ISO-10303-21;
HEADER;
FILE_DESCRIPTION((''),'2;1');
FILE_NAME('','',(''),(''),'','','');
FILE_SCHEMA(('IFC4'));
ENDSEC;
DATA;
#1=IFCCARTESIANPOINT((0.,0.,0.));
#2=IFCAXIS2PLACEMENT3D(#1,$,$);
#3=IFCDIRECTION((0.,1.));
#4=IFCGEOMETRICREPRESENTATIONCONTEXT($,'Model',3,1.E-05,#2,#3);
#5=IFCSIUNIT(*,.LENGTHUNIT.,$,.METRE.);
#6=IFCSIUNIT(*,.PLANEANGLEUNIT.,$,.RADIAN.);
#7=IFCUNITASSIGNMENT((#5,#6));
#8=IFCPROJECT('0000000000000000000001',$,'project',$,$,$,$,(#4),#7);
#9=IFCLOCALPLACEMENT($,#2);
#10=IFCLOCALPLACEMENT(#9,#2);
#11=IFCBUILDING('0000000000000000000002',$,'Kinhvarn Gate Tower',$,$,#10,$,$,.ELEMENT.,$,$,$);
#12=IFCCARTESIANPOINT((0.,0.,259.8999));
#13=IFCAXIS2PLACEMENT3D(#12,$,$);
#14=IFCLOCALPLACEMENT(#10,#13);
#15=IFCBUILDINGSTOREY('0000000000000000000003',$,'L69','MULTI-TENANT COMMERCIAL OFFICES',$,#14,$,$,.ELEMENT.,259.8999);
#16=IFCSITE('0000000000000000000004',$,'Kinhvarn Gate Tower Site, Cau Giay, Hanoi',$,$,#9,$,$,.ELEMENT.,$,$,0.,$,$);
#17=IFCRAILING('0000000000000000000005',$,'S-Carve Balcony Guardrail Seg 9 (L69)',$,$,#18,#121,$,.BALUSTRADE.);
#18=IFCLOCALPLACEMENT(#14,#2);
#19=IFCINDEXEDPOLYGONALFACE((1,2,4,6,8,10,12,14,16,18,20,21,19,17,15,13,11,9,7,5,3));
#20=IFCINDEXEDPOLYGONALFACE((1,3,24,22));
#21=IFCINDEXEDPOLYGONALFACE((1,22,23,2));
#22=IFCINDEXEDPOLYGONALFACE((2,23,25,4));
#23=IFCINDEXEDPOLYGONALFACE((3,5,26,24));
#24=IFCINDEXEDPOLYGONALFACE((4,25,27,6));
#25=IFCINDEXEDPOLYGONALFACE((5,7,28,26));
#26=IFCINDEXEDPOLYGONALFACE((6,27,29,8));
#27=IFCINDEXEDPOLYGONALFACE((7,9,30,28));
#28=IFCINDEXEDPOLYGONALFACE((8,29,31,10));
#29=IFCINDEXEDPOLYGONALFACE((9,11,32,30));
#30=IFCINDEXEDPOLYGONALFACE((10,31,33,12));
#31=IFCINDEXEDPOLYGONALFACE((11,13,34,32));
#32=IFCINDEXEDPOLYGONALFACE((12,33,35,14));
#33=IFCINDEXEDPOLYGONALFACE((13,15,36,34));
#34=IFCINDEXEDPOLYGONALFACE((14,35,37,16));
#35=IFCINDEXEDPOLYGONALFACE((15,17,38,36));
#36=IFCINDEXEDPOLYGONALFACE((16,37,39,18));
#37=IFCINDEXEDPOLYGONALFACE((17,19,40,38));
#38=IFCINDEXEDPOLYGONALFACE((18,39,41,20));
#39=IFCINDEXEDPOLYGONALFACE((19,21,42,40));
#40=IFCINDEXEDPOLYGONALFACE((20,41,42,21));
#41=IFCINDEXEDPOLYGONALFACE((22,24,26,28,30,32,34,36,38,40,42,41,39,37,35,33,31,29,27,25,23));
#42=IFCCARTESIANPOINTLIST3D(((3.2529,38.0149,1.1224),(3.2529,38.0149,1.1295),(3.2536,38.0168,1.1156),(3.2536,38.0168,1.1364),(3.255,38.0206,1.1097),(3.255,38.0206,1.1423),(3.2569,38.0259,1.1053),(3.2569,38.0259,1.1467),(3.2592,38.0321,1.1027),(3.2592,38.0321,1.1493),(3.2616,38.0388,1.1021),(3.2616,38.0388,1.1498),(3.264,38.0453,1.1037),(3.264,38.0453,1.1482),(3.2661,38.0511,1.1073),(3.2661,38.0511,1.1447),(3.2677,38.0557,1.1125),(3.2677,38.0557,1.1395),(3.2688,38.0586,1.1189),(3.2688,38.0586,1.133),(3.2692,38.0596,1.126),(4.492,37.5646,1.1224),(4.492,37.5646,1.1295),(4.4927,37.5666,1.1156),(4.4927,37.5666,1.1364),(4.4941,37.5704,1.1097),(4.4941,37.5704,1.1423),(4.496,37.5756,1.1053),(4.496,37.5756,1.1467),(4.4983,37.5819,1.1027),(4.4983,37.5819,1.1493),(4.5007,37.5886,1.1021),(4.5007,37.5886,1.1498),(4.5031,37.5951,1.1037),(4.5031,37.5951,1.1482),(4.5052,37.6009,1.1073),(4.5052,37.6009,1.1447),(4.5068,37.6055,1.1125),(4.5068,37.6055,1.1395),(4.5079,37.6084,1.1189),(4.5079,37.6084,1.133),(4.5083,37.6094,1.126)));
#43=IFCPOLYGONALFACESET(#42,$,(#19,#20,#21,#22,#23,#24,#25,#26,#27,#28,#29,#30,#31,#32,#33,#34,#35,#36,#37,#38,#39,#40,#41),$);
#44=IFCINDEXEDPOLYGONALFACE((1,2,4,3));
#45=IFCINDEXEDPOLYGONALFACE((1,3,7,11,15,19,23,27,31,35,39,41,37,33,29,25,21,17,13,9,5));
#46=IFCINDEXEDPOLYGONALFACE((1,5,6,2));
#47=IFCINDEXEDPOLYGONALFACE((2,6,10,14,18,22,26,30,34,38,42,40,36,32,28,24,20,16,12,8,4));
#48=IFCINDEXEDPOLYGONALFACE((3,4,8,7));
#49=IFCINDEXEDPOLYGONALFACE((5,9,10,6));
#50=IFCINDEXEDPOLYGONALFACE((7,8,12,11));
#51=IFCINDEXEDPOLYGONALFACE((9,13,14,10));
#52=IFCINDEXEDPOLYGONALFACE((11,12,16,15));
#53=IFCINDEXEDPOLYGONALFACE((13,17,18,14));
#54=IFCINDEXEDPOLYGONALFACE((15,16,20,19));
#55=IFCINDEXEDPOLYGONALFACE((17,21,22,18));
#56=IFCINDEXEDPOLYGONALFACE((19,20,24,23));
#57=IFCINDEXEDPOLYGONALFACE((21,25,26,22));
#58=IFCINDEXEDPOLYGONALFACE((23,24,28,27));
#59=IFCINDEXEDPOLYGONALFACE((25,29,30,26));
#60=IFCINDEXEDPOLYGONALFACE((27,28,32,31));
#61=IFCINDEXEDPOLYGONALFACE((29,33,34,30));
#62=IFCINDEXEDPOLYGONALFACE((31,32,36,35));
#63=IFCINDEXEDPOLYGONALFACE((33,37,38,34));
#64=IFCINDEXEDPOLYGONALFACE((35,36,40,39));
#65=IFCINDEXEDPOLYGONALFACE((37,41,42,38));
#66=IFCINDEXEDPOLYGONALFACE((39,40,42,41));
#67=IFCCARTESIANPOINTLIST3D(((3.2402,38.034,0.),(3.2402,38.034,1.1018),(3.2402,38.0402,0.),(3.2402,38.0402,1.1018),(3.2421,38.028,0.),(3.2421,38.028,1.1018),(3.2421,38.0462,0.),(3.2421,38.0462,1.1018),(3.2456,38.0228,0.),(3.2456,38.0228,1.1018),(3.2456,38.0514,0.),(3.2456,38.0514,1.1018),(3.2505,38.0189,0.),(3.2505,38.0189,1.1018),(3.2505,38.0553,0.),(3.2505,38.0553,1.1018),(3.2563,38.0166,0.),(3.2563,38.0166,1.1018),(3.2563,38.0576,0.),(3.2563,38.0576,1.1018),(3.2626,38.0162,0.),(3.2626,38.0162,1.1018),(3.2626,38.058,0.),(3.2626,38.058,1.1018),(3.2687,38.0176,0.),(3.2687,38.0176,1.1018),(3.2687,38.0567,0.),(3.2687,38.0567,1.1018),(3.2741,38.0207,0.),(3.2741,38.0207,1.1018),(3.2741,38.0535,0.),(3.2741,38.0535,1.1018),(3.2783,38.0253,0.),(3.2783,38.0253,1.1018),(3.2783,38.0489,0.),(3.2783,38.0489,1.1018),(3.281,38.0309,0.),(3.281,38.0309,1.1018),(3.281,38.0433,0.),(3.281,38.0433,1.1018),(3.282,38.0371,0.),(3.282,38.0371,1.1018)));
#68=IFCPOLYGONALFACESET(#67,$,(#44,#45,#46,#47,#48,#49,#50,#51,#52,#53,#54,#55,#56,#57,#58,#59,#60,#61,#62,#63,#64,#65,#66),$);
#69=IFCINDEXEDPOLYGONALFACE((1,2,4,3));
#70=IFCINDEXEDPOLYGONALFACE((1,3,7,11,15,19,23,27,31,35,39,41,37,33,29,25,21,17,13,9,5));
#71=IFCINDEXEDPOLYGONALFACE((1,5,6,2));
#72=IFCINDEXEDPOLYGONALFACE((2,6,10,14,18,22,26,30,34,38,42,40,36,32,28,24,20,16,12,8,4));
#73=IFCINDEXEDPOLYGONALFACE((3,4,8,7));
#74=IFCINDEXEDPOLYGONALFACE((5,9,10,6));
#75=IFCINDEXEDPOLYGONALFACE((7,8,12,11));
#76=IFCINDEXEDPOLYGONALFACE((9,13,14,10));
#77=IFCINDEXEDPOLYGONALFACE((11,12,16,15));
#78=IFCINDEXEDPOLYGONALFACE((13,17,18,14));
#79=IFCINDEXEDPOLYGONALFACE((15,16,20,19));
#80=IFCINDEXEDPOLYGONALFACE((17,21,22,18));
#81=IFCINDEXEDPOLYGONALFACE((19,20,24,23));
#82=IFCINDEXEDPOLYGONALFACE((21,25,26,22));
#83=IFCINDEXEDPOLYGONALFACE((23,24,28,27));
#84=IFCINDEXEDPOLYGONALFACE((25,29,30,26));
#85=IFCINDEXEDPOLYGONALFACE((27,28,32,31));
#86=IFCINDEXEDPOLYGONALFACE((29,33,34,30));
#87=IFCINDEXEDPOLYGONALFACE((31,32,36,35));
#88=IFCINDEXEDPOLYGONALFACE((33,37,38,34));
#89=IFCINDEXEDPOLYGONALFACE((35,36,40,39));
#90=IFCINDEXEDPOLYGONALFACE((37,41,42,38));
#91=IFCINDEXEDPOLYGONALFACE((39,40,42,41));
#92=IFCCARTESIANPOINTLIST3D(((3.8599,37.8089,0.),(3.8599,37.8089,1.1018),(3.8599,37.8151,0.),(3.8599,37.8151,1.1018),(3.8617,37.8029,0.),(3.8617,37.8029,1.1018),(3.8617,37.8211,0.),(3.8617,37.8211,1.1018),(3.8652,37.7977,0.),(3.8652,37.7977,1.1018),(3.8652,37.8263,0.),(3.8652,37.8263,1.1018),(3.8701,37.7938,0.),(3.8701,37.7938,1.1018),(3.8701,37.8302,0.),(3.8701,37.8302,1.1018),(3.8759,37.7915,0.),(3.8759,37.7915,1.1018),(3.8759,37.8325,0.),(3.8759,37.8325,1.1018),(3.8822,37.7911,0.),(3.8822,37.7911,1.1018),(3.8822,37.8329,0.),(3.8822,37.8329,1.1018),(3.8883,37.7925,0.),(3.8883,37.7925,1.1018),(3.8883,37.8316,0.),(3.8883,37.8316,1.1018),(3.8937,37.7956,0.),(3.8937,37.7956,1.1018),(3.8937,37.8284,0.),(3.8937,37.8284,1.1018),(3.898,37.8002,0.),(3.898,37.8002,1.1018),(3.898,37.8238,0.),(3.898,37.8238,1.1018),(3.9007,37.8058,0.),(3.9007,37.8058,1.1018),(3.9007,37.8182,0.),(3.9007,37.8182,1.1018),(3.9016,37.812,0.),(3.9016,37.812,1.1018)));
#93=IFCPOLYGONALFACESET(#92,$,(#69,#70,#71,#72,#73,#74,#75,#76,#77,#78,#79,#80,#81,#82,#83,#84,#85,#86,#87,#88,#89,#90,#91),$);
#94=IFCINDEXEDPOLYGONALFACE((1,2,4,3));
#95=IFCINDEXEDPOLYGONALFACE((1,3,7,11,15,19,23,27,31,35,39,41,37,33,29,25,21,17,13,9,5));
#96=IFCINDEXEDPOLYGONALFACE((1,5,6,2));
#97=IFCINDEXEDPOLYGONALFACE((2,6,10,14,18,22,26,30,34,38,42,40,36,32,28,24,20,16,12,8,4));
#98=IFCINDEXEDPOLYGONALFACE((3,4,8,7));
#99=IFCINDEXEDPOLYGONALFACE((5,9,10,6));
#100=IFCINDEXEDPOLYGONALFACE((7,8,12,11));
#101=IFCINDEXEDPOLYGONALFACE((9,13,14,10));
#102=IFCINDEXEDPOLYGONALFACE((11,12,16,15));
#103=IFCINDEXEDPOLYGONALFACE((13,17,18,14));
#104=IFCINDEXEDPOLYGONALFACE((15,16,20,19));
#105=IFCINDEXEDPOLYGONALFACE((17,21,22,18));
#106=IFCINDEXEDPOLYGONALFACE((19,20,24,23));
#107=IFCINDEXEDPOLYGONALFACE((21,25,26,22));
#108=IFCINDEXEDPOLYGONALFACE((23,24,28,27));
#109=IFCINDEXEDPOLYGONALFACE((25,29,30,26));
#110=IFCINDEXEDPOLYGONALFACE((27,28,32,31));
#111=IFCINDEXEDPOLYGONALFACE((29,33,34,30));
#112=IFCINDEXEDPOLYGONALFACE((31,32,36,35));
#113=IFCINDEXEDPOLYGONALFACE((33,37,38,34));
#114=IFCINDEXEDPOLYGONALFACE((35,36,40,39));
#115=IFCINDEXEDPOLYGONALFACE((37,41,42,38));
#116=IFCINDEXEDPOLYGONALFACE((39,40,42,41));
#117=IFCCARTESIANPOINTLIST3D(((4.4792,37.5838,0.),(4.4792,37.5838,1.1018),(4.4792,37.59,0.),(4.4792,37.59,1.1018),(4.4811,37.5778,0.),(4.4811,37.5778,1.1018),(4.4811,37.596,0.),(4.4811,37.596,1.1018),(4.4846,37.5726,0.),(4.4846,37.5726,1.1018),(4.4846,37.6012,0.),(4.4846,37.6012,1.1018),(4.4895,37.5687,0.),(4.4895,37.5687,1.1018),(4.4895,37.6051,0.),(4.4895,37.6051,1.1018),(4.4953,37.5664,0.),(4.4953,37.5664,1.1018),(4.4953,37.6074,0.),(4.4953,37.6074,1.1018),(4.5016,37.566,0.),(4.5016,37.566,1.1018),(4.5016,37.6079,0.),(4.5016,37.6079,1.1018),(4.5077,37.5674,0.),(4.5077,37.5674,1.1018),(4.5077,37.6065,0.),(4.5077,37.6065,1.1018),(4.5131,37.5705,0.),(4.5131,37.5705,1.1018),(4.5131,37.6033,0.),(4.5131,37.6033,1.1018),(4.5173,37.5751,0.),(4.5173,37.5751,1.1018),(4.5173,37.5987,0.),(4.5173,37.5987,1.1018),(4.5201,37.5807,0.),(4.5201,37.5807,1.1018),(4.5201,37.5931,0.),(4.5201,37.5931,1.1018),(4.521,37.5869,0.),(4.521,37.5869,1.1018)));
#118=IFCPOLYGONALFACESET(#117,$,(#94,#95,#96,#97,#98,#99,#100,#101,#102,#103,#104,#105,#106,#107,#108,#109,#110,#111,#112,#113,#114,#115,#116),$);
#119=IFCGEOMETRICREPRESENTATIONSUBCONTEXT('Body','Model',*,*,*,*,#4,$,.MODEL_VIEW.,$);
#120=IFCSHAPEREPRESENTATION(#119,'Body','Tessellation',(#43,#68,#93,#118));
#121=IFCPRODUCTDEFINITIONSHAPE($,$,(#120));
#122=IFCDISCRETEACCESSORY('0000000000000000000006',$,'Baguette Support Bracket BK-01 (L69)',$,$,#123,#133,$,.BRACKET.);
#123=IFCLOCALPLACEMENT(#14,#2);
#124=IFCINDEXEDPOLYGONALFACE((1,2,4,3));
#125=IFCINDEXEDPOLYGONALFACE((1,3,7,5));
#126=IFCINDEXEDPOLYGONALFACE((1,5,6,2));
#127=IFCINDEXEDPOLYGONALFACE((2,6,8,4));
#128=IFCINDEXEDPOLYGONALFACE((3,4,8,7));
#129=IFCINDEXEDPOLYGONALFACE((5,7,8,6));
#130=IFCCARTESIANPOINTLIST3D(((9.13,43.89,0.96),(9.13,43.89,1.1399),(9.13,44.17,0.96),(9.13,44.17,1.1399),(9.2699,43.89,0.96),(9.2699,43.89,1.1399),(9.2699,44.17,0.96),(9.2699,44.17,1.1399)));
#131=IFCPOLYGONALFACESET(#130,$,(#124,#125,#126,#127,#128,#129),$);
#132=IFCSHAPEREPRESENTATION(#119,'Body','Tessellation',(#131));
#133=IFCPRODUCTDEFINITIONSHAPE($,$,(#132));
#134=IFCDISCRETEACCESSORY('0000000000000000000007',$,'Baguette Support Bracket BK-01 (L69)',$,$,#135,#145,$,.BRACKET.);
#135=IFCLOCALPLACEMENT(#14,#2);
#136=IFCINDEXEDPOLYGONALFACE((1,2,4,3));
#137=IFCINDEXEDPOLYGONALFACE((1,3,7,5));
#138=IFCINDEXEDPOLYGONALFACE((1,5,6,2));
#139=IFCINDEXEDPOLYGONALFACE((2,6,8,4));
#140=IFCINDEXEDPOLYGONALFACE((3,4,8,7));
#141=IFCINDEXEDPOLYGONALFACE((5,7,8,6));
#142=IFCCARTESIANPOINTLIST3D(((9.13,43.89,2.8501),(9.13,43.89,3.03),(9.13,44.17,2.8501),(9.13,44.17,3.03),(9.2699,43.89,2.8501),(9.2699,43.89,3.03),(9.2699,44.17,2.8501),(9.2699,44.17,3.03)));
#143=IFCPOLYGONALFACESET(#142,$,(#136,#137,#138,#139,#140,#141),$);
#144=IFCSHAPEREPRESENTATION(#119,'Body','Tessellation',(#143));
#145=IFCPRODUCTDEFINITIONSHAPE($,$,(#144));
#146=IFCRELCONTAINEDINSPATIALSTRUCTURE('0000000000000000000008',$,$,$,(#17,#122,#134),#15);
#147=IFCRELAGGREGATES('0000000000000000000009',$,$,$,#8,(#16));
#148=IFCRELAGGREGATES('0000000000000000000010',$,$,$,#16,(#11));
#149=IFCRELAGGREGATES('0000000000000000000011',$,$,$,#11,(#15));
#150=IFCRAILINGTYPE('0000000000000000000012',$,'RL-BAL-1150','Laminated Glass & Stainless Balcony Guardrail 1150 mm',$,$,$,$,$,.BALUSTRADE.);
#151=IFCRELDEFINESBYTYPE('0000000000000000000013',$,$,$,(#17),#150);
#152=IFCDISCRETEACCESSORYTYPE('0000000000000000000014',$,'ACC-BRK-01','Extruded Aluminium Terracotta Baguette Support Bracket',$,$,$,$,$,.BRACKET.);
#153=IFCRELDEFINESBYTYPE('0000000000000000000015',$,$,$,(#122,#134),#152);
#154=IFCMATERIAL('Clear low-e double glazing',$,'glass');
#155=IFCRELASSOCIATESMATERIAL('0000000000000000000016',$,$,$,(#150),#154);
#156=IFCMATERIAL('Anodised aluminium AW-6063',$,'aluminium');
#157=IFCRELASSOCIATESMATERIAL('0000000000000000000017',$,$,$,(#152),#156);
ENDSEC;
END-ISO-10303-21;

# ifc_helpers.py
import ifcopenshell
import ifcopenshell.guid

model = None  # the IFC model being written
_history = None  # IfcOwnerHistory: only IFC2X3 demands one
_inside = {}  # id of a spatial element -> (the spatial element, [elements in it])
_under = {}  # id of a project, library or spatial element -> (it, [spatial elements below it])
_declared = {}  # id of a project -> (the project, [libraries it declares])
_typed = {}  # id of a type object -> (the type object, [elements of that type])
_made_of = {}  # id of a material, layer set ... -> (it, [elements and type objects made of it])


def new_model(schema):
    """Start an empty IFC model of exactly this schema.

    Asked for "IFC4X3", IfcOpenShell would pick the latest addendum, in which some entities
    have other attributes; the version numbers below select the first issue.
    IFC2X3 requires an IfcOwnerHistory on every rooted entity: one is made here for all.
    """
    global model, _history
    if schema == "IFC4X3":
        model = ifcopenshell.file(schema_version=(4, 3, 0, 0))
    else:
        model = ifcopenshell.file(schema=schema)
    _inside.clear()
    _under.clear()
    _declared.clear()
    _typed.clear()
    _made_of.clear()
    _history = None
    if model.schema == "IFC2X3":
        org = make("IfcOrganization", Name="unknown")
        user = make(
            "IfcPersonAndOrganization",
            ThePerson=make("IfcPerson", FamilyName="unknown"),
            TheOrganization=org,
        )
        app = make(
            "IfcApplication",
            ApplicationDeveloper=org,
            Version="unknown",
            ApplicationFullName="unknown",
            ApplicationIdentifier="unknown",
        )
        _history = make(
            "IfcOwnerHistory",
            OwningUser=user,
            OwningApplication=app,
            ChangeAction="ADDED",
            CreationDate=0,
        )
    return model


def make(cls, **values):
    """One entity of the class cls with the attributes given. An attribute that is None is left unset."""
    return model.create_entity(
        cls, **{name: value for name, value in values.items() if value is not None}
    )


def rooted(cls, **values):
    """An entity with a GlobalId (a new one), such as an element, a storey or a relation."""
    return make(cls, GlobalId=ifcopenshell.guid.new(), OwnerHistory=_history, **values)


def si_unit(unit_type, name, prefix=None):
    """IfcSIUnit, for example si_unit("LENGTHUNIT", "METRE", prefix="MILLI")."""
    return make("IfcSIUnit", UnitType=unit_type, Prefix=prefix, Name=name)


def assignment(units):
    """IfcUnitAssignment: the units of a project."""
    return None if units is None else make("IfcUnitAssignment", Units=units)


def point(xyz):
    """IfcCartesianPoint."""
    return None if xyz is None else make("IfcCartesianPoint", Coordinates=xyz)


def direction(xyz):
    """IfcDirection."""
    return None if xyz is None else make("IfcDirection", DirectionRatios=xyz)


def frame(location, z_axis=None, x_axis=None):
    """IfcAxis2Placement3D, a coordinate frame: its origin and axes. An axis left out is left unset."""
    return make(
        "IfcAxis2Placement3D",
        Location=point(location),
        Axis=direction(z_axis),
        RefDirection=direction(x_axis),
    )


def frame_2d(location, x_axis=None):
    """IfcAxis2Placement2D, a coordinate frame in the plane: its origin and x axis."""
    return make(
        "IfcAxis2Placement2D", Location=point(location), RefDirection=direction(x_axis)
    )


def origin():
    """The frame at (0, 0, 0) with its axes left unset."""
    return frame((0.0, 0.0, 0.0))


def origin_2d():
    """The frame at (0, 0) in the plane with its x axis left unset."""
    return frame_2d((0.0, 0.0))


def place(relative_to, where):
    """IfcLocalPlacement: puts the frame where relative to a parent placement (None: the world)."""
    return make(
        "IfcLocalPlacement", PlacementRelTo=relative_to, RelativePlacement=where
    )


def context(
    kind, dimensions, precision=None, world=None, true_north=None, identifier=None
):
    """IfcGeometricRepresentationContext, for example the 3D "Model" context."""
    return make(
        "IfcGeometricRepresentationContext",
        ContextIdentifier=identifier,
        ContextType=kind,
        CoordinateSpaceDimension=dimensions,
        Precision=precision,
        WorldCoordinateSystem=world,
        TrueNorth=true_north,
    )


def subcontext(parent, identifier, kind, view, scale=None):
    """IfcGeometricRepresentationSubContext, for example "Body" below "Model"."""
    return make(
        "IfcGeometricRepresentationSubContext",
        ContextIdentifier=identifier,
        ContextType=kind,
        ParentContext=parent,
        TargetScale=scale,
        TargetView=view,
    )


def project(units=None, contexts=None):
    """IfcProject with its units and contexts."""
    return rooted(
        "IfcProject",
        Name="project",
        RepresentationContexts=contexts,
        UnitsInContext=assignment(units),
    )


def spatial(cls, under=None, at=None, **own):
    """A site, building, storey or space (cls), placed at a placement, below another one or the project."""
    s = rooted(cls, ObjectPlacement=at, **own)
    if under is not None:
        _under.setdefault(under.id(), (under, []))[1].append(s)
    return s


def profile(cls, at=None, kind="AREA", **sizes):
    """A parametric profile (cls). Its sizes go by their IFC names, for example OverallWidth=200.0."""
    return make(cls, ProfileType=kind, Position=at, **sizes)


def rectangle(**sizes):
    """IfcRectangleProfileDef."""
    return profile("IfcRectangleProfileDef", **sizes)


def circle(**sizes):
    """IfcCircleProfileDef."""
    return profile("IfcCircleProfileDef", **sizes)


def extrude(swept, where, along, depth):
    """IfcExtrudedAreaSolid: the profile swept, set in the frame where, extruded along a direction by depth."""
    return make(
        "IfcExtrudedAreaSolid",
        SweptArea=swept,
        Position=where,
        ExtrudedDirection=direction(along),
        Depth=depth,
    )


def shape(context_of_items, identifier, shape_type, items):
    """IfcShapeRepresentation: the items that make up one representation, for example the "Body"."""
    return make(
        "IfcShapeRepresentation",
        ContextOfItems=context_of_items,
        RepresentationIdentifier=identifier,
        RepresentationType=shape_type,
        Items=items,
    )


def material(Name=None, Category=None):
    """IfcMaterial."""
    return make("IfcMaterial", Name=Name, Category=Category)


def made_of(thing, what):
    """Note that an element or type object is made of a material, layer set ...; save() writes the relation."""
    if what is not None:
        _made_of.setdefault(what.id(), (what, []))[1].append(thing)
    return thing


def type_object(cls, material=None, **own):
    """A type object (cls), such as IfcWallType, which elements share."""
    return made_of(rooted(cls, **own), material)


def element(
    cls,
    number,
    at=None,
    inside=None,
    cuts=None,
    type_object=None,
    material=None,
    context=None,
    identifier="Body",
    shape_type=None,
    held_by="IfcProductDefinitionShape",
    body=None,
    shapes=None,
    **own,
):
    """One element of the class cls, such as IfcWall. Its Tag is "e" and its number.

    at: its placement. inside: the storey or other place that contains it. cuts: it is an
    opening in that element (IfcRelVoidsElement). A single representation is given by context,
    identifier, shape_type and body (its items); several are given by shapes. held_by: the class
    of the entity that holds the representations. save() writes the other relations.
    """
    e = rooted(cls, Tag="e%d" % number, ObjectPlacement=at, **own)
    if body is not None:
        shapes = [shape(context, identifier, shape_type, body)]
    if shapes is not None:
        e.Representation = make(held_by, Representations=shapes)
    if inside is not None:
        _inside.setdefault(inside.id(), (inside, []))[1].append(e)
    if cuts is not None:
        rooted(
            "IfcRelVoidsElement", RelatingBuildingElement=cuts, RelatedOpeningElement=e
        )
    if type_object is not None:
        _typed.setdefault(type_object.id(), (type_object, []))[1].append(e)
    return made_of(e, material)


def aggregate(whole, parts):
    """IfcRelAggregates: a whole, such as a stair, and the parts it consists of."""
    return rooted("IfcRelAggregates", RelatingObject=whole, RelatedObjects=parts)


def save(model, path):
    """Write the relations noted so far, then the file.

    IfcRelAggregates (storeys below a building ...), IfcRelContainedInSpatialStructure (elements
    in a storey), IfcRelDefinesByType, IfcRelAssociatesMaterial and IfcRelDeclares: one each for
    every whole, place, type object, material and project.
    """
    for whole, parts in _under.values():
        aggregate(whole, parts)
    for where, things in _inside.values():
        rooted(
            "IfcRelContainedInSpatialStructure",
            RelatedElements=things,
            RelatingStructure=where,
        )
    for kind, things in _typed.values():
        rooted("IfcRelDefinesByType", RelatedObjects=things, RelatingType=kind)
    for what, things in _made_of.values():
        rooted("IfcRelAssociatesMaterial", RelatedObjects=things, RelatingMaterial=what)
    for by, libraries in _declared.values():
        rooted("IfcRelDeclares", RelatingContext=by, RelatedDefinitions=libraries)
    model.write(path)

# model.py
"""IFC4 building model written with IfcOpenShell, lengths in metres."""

from ifc_helpers import new_model, si_unit, direction, frame, origin, origin_2d, place, context, subcontext, project, spatial, rectangle, circle, extrude, material, type_object, element, save


model = new_model("IFC4")

# Units and contexts
model_context = context("Model", 3, precision=1e-05, world=origin(), true_north=direction((0.0, 1.0)))
body_context = subcontext(model_context, "Body", "Model", "MODEL_VIEW")
ifc_project = project(units=[si_unit("LENGTHUNIT", "METRE"), si_unit("PLANEANGLEUNIT", "RADIAN")], contexts=[model_context])

# Site, building, storey
site_placement = place(None, origin())
site = spatial("IfcSite", under=ifc_project, at=site_placement, Name="Kinhvarn Gate Tower Site, Cau Giay, Hanoi", CompositionType="ELEMENT", RefElevation=0.0)
building_placement = place(site_placement, origin())
building = spatial("IfcBuilding", under=site, at=building_placement, Name="Kinhvarn Gate Tower", CompositionType="ELEMENT")
storey_placement = place(building_placement, frame((0.0, 0.0, 259.8999)))
storey = spatial("IfcBuildingStorey", under=building, at=storey_placement, Name="L69", Description="MULTI-TENANT COMMERCIAL OFFICES", CompositionType="ELEMENT", Elevation=259.8999)

# Shared definitions
ifc_material_1 = material(Name="Anodised aluminium AW-6063", Category="aluminium")

# Shared definitions
ifc_material_2 = material(Name="Clear low-e double glazing", Category="glass")

# Railing
railing_type = type_object("IfcRailingType", Name="RL-BAL-1150", Description="Laminated Glass & Stainless Balcony Guardrail 1150 mm", PredefinedType="BALUSTRADE", material=ifc_material_2)
railing_1_placement = place(storey_placement, frame((3.261, 38.0371, 0.0)))
element("IfcRailing", 1, at=railing_1_placement, inside=storey, type_object=railing_type, Name="S-Carve Balcony Guardrail Seg 9 (L69)", PredefinedType="BALUSTRADE", context=body_context, shape_type="SweptSolid", body=[
    extrude(circle(Radius=0.0239, at=origin_2d()), frame((0.0, 0.0, 1.126), z_axis=(0.93988, -0.341505, 0.0), x_axis=(0.341505, 0.93988, 0.0)), (0.0, 0.0, 1.0), 1.3184),
    extrude(circle(Radius=0.021, at=origin_2d()), origin(), (0.0, 0.0, 1.0), 1.1018),
    extrude(circle(Radius=0.021, at=origin_2d()), frame((0.6196, -0.2251, 0.0)), (0.0, 0.0, 1.0), 1.1018),
    extrude(circle(Radius=0.021, at=origin_2d()), frame((1.239, -0.4502, 0.0)), (0.0, 0.0, 1.0), 1.1018),
])

# Discrete accessories
discrete_accessory_type = type_object("IfcDiscreteAccessoryType", Name="ACC-BRK-01", Description="Extruded Aluminium Terracotta Baguette Support Bracket", PredefinedType="BRACKET", material=ifc_material_1)
for number, where, z_axis, x_axis, name in (
    (2, (9.2, 44.03, 0.96), (0.0, 0.0, 1.0), (-1.0, 0.0, 0.0), "Baguette Support Bracket BK-01 (L69)"),
    (3, (9.2, 44.03, 2.8501), (0.0, 0.0, 1.0), (-1.0, 0.0, 0.0), "Baguette Support Bracket BK-01 (L69)"),
):
    element("IfcDiscreteAccessory", number, at=place(storey_placement, frame(where, z_axis=z_axis, x_axis=x_axis)), inside=storey, type_object=discrete_accessory_type, Name=name, PredefinedType="BRACKET", context=body_context, shape_type="SweptSolid", body=[
        extrude(rectangle(XDim=0.1399, YDim=0.28, at=origin_2d()), origin(), (0.0, 0.0, 1.0), 0.1799),
    ])

save(model, "model.ifc")
